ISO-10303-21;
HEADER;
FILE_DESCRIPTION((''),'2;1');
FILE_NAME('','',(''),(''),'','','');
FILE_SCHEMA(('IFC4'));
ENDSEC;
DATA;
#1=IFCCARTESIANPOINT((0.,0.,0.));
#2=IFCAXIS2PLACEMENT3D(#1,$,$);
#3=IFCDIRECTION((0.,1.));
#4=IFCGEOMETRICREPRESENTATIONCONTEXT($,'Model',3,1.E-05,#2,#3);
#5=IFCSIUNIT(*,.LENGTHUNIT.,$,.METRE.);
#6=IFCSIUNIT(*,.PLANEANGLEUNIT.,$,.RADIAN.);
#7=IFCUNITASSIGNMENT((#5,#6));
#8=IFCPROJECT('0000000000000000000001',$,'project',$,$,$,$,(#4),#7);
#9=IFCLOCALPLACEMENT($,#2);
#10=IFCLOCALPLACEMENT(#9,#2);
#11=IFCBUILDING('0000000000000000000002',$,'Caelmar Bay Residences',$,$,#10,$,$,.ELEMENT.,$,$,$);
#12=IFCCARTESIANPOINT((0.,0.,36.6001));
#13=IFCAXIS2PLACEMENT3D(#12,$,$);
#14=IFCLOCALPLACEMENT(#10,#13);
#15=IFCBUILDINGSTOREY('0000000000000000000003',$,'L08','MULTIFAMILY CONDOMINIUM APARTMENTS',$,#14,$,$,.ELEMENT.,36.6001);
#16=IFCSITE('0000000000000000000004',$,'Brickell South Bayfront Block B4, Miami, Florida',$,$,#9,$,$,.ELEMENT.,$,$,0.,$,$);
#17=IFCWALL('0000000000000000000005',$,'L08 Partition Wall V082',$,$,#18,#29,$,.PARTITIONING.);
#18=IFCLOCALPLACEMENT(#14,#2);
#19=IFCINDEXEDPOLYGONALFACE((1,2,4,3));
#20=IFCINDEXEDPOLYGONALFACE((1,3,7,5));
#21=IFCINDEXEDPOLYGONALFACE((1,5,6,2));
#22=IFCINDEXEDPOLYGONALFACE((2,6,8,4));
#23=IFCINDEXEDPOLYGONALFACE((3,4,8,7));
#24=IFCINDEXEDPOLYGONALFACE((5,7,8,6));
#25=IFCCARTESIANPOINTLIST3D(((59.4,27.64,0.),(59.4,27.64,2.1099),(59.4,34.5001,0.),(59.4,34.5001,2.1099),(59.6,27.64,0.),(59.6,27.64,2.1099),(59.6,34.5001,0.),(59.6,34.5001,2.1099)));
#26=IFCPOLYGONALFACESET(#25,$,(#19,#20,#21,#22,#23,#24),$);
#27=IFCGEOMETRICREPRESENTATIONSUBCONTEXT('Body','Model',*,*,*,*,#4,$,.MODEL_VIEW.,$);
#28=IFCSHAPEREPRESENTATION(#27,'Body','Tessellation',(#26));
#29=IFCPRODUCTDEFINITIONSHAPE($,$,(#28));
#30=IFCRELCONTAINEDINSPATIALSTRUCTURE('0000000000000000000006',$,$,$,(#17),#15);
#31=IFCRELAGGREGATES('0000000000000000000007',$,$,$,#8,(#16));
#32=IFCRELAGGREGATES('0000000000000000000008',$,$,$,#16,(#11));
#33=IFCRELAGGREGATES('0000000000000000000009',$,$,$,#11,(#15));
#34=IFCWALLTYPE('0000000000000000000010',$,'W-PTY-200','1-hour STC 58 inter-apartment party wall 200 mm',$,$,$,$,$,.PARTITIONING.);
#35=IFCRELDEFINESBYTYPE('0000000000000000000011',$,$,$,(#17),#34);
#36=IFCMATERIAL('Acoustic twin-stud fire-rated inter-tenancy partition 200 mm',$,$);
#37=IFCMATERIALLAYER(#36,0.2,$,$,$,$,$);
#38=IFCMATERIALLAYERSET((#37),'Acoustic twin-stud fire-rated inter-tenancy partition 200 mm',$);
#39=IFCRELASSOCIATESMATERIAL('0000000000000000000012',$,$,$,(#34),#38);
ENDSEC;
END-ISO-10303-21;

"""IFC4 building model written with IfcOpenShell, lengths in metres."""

from ifc_helpers import new_model, si_unit, direction, frame, frame_2d, origin, place, context, subcontext, project, spatial, rectangle, extrude, material, layer, layer_set, type_object, element, save


model = new_model("IFC4")

# Units and contexts
model_context = context("Model", 3, precision=1e-05, world=origin(), true_north=direction((0.0, 1.0)))
body_context = subcontext(model_context, "Body", "Model", "MODEL_VIEW")
ifc_project = project(units=[si_unit("LENGTHUNIT", "METRE"), si_unit("PLANEANGLEUNIT", "RADIAN")], contexts=[model_context])

# Site, building, storey
site_placement = place(None, origin())
site = spatial("IfcSite", under=ifc_project, at=site_placement, Name="Brickell South Bayfront Block B4, Miami, Florida", CompositionType="ELEMENT", RefElevation=0.0)
building_placement = place(site_placement, origin())
building = spatial("IfcBuilding", under=site, at=building_placement, Name="Caelmar Bay Residences", CompositionType="ELEMENT")
storey_placement = place(building_placement, frame((0.0, 0.0, 36.6001)))
storey = spatial("IfcBuildingStorey", under=building, at=storey_placement, Name="L08", Description="MULTIFAMILY CONDOMINIUM APARTMENTS", CompositionType="ELEMENT", Elevation=36.6001)

# Wall
ifc_material_1 = material(Name="Acoustic twin-stud fire-rated inter-tenancy partition 200 mm")
ifc_layer_1 = layer(ifc_material_1, 0.2)
ifc_layer_set_1 = layer_set([ifc_layer_1], Name="Acoustic twin-stud fire-rated inter-tenancy partition 200 mm")
wall_type_1 = type_object("IfcWallType", Name="W-PTY-200", Description="1-hour STC 58 inter-apartment party wall 200 mm", PredefinedType="PARTITIONING", material=ifc_layer_set_1)
wall_1_placement = place(storey_placement, frame((59.5, 27.6399, 0.0), z_axis=(0.0, 0.0, 1.0), x_axis=(0.0, 1.0, 0.0)))
element("IfcWall", 1, at=wall_1_placement, inside=storey, type_object=wall_type_1, Name="L08 Partition Wall V082", PredefinedType="PARTITIONING", context=body_context, shape_type="SweptSolid", body=[
    extrude(rectangle(XDim=6.8601, YDim=0.2, at=frame_2d((3.4302, 0.0))), origin(), (0.0, 0.0, 1.0), 2.1099),
])

save(model, "model.ifc")
